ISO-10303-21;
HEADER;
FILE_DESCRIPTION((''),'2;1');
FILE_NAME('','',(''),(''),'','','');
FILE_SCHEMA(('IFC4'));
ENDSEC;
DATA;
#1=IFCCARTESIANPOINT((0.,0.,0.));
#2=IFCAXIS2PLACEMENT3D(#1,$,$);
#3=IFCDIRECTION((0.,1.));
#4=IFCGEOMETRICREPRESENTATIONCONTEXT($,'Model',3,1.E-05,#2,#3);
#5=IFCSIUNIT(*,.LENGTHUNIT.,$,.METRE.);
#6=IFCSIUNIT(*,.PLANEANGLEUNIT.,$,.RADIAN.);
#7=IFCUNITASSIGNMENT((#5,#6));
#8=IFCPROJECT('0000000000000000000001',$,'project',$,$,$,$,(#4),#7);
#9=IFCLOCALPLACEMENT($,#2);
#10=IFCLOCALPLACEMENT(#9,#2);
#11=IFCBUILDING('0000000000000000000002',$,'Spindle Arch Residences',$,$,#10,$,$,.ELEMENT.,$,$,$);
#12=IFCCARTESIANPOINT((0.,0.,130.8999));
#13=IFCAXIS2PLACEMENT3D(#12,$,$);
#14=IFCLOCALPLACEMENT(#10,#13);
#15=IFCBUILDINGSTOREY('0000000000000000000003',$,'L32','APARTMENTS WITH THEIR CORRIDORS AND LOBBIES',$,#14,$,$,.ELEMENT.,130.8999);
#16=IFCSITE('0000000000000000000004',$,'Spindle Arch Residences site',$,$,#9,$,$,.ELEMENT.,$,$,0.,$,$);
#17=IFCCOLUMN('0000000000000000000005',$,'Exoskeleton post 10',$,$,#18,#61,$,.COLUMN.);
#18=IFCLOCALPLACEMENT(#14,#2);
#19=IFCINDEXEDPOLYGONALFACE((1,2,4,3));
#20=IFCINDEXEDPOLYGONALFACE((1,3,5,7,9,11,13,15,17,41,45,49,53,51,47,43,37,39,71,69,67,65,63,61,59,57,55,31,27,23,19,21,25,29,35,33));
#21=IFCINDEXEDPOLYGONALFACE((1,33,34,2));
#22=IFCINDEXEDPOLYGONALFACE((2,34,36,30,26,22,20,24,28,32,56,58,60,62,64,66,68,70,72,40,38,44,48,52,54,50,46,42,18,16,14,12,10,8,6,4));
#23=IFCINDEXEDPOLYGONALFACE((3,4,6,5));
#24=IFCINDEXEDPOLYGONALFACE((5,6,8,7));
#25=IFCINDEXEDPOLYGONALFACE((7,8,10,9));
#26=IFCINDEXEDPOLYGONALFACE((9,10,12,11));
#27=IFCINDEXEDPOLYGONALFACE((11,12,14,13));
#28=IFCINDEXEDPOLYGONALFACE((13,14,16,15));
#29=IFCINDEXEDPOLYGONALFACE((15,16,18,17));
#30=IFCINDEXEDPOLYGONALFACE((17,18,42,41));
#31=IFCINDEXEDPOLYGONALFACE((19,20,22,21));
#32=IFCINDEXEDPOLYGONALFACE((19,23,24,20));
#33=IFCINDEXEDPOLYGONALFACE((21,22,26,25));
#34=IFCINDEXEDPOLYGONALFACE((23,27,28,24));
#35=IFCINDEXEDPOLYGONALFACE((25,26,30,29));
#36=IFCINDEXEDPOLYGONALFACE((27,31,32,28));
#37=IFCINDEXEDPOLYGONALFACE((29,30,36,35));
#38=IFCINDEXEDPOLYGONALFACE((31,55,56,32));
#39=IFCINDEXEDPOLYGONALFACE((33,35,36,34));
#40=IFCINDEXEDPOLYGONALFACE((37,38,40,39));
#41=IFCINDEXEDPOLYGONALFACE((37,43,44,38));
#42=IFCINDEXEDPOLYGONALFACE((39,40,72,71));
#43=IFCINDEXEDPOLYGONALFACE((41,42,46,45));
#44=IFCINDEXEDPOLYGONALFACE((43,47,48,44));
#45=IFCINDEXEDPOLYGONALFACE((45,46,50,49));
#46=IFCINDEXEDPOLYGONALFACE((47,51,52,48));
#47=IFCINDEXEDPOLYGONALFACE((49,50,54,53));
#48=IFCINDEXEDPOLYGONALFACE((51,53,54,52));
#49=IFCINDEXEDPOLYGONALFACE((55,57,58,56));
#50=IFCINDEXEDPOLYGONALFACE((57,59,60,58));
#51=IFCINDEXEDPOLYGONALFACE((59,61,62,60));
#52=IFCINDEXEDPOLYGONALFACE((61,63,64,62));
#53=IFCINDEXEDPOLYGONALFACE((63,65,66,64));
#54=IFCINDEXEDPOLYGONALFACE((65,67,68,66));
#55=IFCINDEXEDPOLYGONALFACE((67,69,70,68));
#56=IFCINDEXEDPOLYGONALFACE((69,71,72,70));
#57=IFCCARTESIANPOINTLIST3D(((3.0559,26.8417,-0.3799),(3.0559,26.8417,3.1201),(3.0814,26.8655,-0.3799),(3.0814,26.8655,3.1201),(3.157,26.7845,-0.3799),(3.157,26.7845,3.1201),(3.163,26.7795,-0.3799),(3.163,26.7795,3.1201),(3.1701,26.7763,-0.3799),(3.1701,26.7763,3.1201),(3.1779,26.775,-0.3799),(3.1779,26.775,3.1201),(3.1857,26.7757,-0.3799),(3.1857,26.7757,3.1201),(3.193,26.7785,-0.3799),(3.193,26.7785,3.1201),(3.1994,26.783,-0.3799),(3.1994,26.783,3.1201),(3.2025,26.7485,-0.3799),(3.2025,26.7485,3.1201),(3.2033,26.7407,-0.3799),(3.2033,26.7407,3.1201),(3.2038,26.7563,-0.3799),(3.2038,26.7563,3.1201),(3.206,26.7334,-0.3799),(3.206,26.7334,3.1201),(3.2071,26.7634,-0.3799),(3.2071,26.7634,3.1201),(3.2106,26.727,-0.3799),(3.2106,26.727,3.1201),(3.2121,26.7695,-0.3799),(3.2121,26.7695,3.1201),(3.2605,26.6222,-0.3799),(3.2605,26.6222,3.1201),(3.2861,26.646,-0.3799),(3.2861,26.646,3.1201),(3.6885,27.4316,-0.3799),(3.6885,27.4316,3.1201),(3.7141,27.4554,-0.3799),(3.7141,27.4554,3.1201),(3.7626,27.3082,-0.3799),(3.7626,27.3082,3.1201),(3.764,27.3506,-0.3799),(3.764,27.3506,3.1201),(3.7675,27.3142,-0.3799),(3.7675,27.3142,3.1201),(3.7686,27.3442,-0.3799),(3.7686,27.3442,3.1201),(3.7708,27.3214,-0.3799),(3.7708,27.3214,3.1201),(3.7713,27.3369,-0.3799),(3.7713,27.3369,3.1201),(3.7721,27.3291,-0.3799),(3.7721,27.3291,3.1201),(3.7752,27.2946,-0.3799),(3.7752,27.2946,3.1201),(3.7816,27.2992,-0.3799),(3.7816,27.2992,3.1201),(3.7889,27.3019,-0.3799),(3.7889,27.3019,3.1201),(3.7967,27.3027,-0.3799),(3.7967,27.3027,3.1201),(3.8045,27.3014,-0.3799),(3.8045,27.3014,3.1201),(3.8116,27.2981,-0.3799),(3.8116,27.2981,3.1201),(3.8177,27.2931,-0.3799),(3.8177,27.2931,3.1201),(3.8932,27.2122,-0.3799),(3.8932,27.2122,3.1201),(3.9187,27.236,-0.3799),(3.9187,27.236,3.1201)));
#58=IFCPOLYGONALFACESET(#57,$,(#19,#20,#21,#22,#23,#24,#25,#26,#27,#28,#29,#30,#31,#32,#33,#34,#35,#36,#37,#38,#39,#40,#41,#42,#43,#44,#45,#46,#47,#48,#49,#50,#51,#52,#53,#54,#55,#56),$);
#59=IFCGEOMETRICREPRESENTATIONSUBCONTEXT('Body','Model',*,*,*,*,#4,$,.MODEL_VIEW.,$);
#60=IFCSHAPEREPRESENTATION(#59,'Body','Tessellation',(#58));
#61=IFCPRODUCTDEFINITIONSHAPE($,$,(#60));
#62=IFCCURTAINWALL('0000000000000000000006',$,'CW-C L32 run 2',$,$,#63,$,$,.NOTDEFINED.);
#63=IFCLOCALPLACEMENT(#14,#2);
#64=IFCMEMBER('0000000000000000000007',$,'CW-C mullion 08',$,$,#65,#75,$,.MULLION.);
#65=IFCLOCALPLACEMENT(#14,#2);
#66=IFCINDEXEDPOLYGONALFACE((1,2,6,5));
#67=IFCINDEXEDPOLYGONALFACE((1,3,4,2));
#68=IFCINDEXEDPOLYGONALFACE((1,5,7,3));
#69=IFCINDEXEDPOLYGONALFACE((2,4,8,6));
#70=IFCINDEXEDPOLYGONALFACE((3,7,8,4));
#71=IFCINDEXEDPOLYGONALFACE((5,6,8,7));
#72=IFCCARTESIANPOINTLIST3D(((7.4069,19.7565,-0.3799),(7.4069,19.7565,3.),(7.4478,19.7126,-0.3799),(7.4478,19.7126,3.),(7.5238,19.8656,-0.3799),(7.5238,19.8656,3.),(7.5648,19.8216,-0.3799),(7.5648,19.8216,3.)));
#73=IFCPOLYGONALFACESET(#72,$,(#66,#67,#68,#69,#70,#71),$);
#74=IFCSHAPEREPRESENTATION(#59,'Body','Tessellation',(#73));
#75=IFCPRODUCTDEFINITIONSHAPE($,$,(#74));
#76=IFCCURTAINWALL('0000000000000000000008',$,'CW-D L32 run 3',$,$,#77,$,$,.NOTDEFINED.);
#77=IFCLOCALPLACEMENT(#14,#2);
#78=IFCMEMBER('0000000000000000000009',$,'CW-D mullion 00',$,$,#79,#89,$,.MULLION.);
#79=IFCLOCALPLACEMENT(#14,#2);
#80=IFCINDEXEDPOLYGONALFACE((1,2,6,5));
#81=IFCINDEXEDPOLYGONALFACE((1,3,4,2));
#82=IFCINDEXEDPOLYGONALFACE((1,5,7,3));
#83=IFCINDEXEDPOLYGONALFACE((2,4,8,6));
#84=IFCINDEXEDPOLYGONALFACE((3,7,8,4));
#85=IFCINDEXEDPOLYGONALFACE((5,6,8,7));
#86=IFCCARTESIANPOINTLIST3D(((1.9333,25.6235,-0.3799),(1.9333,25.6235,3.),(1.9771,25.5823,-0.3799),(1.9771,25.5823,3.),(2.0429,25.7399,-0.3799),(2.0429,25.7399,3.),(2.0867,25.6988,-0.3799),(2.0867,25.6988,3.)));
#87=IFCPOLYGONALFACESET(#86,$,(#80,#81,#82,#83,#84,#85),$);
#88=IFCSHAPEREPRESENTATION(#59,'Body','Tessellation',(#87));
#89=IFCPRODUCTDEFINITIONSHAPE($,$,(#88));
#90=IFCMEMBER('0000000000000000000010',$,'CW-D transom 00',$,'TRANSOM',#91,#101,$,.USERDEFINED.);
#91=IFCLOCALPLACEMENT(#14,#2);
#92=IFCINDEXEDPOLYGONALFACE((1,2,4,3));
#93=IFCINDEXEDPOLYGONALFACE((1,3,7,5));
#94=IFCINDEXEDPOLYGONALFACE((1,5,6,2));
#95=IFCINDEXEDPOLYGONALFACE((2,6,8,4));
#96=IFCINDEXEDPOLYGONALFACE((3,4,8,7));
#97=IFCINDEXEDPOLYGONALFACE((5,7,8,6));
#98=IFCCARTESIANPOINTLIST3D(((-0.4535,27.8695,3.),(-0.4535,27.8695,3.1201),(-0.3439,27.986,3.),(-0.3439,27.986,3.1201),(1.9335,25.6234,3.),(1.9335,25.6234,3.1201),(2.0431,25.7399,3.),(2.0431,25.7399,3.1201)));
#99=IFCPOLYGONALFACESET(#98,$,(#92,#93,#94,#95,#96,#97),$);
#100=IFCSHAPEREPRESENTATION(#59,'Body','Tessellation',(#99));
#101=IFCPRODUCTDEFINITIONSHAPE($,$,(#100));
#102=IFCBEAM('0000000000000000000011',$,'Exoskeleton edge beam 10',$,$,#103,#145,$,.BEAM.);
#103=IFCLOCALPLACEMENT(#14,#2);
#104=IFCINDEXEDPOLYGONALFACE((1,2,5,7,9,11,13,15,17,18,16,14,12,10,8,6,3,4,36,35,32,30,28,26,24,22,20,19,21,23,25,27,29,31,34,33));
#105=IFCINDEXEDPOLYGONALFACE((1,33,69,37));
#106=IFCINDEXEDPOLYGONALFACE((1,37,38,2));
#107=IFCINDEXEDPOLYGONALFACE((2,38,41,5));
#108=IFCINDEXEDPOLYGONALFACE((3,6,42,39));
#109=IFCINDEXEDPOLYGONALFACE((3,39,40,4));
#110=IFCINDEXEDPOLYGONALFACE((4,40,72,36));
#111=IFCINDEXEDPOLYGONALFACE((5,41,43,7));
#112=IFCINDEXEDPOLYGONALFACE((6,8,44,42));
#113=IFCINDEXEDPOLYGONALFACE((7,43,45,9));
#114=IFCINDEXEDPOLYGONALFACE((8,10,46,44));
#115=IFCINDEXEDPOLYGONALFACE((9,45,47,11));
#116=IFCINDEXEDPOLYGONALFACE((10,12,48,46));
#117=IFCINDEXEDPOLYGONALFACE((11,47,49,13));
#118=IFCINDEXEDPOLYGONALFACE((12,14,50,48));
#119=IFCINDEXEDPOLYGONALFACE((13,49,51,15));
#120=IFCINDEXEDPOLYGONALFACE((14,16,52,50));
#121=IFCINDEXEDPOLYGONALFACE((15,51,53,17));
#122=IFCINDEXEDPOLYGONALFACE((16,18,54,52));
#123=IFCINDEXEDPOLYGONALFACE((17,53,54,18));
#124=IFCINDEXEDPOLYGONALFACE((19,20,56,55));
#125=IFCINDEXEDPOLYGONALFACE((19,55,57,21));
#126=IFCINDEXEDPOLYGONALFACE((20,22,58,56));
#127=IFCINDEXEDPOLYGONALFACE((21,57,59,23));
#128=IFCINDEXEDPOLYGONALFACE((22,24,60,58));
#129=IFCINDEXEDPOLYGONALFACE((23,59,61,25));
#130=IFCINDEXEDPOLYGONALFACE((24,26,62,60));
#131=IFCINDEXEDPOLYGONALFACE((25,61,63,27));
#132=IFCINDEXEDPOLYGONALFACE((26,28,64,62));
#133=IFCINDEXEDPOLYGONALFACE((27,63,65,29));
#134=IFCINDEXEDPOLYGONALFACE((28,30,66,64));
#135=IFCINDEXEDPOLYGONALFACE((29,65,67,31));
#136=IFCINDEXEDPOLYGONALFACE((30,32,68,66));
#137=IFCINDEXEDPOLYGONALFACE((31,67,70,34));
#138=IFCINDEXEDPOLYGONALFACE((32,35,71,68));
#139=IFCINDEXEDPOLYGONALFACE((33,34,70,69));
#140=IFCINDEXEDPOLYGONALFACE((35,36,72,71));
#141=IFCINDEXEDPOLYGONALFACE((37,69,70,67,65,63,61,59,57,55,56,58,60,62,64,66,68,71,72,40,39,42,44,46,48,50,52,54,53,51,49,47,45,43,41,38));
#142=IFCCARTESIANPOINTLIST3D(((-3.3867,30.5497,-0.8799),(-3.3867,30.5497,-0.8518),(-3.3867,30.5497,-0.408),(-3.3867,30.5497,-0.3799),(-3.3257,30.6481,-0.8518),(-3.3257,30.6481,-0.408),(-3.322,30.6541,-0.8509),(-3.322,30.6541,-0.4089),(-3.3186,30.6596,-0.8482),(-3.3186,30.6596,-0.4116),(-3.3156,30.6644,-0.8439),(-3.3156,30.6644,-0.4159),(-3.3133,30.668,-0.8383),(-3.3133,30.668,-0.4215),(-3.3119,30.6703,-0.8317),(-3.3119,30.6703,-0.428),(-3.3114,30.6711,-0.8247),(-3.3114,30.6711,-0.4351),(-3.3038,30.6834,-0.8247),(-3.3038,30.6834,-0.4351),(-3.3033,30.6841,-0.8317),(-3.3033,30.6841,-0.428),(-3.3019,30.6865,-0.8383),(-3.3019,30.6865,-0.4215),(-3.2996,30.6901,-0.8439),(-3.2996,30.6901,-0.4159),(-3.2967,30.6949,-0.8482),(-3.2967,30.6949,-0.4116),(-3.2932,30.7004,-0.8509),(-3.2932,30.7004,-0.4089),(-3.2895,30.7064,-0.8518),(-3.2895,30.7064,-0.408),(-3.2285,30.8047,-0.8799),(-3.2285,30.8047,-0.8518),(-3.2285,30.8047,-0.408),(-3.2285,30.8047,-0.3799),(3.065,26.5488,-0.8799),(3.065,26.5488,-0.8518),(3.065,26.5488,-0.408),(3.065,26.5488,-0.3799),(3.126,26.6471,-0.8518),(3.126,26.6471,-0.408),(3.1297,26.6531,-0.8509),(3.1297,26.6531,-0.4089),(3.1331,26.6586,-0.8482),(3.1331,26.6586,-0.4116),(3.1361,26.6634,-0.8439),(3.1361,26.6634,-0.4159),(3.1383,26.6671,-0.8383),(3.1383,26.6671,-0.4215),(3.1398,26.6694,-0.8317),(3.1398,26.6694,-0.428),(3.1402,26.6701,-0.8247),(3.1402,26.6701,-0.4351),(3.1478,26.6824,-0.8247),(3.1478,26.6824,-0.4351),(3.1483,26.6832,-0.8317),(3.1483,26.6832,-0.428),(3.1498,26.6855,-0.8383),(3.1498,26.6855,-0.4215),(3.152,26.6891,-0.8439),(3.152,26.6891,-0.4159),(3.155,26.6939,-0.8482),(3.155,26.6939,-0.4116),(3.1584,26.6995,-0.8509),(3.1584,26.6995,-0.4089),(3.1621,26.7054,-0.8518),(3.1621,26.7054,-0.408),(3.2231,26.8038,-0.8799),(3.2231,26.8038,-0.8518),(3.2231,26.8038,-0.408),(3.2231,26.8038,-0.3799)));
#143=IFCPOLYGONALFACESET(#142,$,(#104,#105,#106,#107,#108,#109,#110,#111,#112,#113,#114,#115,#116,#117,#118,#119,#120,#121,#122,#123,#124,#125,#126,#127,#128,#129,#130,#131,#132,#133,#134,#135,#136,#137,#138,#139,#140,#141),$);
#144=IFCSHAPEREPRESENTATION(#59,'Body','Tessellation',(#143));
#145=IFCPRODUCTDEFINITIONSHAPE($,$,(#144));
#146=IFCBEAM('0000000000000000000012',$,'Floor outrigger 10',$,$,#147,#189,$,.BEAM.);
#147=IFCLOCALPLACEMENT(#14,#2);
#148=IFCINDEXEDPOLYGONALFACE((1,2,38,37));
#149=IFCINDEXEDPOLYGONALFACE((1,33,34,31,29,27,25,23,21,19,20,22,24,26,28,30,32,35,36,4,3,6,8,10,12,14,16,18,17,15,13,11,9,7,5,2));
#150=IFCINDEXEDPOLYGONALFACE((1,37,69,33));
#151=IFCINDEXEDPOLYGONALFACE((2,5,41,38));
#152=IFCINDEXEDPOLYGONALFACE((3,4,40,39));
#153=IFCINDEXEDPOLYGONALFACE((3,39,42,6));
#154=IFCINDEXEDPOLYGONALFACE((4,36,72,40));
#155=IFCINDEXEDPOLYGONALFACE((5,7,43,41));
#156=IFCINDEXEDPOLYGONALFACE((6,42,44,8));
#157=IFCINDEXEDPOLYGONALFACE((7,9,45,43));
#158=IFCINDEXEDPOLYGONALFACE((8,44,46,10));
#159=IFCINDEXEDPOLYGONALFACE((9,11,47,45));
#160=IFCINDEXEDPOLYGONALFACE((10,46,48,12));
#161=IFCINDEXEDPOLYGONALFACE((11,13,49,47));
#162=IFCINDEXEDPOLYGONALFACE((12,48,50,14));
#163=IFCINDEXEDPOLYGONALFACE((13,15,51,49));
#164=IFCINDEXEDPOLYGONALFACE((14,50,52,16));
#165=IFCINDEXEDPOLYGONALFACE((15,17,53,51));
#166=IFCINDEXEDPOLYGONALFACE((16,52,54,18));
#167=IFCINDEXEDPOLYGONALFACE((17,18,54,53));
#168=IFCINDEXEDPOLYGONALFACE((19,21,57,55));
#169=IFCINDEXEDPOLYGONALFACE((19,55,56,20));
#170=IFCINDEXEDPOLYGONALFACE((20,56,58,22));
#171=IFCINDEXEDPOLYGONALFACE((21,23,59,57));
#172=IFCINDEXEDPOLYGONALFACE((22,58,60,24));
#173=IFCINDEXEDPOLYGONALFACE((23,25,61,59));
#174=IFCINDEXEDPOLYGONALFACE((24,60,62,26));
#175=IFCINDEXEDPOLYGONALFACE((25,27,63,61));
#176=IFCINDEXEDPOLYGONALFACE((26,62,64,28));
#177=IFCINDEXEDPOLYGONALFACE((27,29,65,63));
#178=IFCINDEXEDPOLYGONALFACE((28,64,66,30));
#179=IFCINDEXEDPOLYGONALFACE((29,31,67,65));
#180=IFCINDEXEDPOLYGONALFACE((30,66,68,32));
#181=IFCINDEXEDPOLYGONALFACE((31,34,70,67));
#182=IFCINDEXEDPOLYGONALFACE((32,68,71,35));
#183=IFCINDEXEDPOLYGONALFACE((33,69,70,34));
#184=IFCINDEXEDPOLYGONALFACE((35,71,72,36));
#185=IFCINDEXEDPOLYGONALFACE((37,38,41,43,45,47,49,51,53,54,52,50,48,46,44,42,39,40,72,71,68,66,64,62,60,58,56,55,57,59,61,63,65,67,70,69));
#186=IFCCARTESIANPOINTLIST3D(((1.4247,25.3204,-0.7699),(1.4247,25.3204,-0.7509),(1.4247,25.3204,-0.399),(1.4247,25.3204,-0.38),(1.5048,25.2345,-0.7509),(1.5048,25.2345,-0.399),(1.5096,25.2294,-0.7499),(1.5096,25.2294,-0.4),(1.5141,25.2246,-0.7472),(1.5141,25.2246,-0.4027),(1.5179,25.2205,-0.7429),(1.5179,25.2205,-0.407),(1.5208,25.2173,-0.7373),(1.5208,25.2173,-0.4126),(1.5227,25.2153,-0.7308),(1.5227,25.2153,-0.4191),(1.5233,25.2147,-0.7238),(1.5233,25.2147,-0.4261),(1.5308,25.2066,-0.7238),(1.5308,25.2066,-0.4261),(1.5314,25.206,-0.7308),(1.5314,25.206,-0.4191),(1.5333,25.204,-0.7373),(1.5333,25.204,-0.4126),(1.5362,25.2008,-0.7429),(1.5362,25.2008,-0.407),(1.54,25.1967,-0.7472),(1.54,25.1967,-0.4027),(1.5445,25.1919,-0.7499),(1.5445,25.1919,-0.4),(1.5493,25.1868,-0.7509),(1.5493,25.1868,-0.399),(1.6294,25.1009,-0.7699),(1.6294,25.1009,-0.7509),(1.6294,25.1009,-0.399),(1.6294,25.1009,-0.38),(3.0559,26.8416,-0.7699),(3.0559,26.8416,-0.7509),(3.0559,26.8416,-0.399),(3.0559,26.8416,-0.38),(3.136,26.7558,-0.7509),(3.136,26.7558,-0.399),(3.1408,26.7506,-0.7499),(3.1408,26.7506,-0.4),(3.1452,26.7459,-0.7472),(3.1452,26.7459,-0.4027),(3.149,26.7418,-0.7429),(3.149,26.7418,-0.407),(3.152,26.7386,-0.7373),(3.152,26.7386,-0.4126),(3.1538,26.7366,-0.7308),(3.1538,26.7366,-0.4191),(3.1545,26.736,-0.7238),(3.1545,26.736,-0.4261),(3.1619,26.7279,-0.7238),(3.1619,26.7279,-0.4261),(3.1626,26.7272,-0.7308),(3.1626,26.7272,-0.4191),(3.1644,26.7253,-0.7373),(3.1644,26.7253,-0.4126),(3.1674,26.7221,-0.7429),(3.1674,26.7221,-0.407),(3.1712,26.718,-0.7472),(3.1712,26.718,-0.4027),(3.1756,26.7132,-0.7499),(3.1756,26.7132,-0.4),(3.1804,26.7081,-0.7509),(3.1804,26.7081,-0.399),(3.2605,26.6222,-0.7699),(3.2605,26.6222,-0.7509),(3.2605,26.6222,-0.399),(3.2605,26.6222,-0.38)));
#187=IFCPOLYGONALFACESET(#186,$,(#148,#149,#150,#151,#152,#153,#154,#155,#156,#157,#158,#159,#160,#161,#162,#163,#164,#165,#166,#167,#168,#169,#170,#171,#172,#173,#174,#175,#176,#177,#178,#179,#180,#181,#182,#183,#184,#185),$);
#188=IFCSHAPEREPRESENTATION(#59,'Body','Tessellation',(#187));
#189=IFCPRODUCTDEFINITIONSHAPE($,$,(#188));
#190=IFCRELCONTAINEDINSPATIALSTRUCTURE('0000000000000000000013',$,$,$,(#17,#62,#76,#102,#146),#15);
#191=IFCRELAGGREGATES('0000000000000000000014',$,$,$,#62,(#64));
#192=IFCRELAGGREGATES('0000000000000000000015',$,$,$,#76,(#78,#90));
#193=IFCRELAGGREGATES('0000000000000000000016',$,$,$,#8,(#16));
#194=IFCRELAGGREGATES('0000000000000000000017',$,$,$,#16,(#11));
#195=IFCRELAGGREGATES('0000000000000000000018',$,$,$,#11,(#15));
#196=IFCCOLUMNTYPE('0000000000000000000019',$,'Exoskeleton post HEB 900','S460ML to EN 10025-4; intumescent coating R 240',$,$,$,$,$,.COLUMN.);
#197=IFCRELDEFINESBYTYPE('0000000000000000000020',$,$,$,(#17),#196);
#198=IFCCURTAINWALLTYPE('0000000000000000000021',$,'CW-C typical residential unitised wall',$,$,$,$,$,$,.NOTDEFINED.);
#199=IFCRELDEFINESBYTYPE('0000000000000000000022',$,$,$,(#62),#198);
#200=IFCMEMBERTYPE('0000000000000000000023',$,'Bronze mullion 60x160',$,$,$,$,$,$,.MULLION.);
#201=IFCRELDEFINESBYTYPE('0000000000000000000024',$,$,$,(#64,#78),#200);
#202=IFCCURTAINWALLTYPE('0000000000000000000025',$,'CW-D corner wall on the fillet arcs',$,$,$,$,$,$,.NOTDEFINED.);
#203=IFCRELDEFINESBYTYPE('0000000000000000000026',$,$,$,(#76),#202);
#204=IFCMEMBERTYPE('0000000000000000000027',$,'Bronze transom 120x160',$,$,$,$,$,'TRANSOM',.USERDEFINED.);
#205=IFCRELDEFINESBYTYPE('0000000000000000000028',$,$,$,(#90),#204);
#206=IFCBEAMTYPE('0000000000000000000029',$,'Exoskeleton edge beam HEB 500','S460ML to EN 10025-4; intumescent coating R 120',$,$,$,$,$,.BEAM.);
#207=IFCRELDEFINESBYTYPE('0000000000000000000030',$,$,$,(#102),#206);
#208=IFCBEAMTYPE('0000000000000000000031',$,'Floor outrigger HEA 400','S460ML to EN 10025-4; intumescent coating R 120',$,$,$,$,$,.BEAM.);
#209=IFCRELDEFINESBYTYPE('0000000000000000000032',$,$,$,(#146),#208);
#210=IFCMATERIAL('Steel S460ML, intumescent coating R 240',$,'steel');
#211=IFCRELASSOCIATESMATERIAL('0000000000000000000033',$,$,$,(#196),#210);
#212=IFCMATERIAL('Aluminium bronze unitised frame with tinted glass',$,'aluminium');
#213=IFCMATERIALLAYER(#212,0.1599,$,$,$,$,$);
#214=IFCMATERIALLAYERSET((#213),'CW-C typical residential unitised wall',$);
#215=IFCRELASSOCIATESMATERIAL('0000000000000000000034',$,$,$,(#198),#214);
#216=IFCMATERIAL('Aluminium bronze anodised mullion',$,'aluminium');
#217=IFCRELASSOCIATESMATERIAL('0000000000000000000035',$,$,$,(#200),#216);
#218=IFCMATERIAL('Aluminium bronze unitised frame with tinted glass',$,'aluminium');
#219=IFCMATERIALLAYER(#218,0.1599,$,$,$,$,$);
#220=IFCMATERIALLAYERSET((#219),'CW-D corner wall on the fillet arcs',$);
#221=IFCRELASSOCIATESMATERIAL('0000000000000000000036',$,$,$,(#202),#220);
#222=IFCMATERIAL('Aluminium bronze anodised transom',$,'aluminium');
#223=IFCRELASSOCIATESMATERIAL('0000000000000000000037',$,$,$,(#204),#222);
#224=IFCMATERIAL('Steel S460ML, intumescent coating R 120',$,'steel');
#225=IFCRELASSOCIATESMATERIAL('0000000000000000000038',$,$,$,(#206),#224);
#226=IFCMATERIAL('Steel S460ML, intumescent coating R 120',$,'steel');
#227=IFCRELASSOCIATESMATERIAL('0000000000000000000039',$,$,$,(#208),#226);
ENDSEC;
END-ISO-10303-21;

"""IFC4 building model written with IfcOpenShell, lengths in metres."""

from ifc_helpers import new_model, si_unit, direction, frame, origin, origin_2d, place, context, subcontext, project, spatial, rectangle, i_section, extrude, material, layer, layer_set, material_profile, profile_set, type_object, element, aggregate, save


model = new_model("IFC4")

# Units and contexts
model_context = context("Model", 3, precision=1e-05, world=origin(), true_north=direction((0.0, 1.0)))
body_context = subcontext(model_context, "Body", "Model", "MODEL_VIEW")
ifc_project = project(units=[si_unit("LENGTHUNIT", "METRE"), si_unit("PLANEANGLEUNIT", "RADIAN")], contexts=[model_context])

# Site, building, storey
site_placement = place(None, origin())
site = spatial("IfcSite", under=ifc_project, at=site_placement, Name="Spindle Arch Residences site", CompositionType="ELEMENT", RefElevation=0.0)
building_placement = place(site_placement, origin())
building = spatial("IfcBuilding", under=site, at=building_placement, Name="Spindle Arch Residences", CompositionType="ELEMENT")
storey_placement = place(building_placement, frame((0.0, 0.0, 130.8999)))
storey = spatial("IfcBuildingStorey", under=building, at=storey_placement, Name="L32", Description="APARTMENTS WITH THEIR CORRIDORS AND LOBBIES", CompositionType="ELEMENT", Elevation=130.8999)

# Column
ifc_material_1 = material(Name="Steel S460ML, intumescent coating R 240", Category="steel")
ifc_material_profile_1 = material_profile(ifc_material_1, i_section(OverallWidth=0.3, OverallDepth=0.8999, WebThickness=0.0186, FlangeThickness=0.0349, FilletRadius=0.03, at=origin_2d()), Name="HEB 900")
ifc_profile_set_1 = profile_set([ifc_material_profile_1], Name="Steel S460ML, intumescent coating R 240")
column_type = type_object("IfcColumnType", Name="Exoskeleton post HEB 900", Description="S460ML to EN 10025-4; intumescent coating R 240", PredefinedType="COLUMN", material=ifc_profile_set_1)
column_placement = place(storey_placement, frame((3.4873, 27.0388, -0.3799), z_axis=(0.0, 0.0, 1.0), x_axis=(0.681998, -0.731354, 0.0)))
element("IfcColumn", 1, at=column_placement, inside=storey, type_object=column_type, Name="Exoskeleton post 10", PredefinedType="COLUMN", context=body_context, shape_type="SweptSolid", body=[
    extrude(i_section(OverallWidth=0.3, OverallDepth=0.8999, WebThickness=0.0186, FlangeThickness=0.0349, FilletRadius=0.03, at=origin_2d()), origin(), (0.0, 0.0, 1.0), 3.5),
])

# Curtain wall, member
ifc_material_2 = material(Name="Aluminium bronze unitised frame with tinted glass", Category="aluminium")
ifc_layer_1 = layer(ifc_material_2, 0.1599)
ifc_layer_set_1 = layer_set([ifc_layer_1], Name="CW-C typical residential unitised wall")
curtain_wall_type_1 = type_object("IfcCurtainWallType", Name="CW-C typical residential unitised wall", PredefinedType="NOTDEFINED", material=ifc_layer_set_1)
curtain_wall_1_placement = place(storey_placement, origin())
curtain_wall_1 = element("IfcCurtainWall", 2, at=curtain_wall_1_placement, inside=storey, type_object=curtain_wall_type_1, Name="CW-C L32 run 2", PredefinedType="NOTDEFINED")
ifc_material_3 = material(Name="Aluminium bronze anodised mullion", Category="aluminium")
ifc_material_profile_2 = material_profile(ifc_material_3, rectangle(XDim=0.1599, YDim=0.0601, at=origin_2d()), Name="MU 60x160")
ifc_profile_set_2 = profile_set([ifc_material_profile_2], Name="Aluminium bronze anodised mullion")
member_type_1 = type_object("IfcMemberType", Name="Bronze mullion 60x160", PredefinedType="MULLION", material=ifc_profile_set_2)
member_1_placement = place(storey_placement, frame((7.4858, 19.7891, -0.3799), z_axis=(0.0, 0.0, 1.0), x_axis=(-0.731354, -0.681998, 0.0)))
member_1 = element("IfcMember", 3, at=member_1_placement, type_object=member_type_1, Name="CW-C mullion 08", PredefinedType="MULLION", context=body_context, shape_type="SweptSolid", body=[
    extrude(rectangle(XDim=0.1599, YDim=0.0601, at=origin_2d()), origin(), (0.0, 0.0, 1.0), 3.3799),
])

# Curtain wall, members
ifc_material_4 = material(Name="Aluminium bronze unitised frame with tinted glass", Category="aluminium")
ifc_layer_2 = layer(ifc_material_4, 0.1599)
ifc_layer_set_2 = layer_set([ifc_layer_2], Name="CW-D corner wall on the fillet arcs")
curtain_wall_type_2 = type_object("IfcCurtainWallType", Name="CW-D corner wall on the fillet arcs", PredefinedType="NOTDEFINED", material=ifc_layer_set_2)
curtain_wall_2_placement = place(storey_placement, origin())
curtain_wall_2 = element("IfcCurtainWall", 4, at=curtain_wall_2_placement, inside=storey, type_object=curtain_wall_type_2, Name="CW-D L32 run 3", PredefinedType="NOTDEFINED")
member_2_placement = place(storey_placement, frame((2.01, 25.6611, -0.3799), z_axis=(0.0, 0.0, 1.0), x_axis=(-0.68529, -0.72827, 0.0)))
member_2 = element("IfcMember", 5, at=member_2_placement, type_object=member_type_1, Name="CW-D mullion 00", PredefinedType="MULLION", context=body_context, shape_type="SweptSolid", body=[
    extrude(rectangle(XDim=0.1599, YDim=0.0601, at=origin_2d()), origin(), (0.0, 0.0, 1.0), 3.3799),
])
ifc_material_5 = material(Name="Aluminium bronze anodised transom", Category="aluminium")
ifc_material_profile_3 = material_profile(ifc_material_5, rectangle(XDim=0.1599, YDim=0.1201, at=origin_2d()), Name="TR 120x160")
ifc_profile_set_3 = profile_set([ifc_material_profile_3], Name="Aluminium bronze anodised transom")
member_type_2 = type_object("IfcMemberType", Name="Bronze transom 120x160", ElementType="TRANSOM", PredefinedType="USERDEFINED", material=ifc_profile_set_3)
member_3_placement = place(storey_placement, frame((1.9883, 25.6816, 3.0601), z_axis=(-0.72827, 0.68529, 0.0), x_axis=(-0.68529, -0.72827, 0.0)))
member_3 = element("IfcMember", 6, at=member_3_placement, type_object=member_type_2, Name="CW-D transom 00", ObjectType="TRANSOM", PredefinedType="USERDEFINED", context=body_context, shape_type="SweptSolid", body=[
    extrude(rectangle(XDim=0.1599, YDim=0.1201, at=origin_2d()), origin(), (0.0, 0.0, 1.0), 3.2776),
])

# Beams
ifc_material_6 = material(Name="Steel S460ML, intumescent coating R 120", Category="steel")
ifc_material_profile_4 = material_profile(ifc_material_6, i_section(OverallWidth=0.3, OverallDepth=0.5, WebThickness=0.0144, FlangeThickness=0.0281, FilletRadius=0.0271, at=origin_2d()), Name="HEB 500")
ifc_profile_set_4 = profile_set([ifc_material_profile_4], Name="Steel S460ML, intumescent coating R 120")
beam_type_1 = type_object("IfcBeamType", Name="Exoskeleton edge beam HEB 500", Description="S460ML to EN 10025-4; intumescent coating R 120", PredefinedType="BEAM", material=ifc_profile_set_4)
beam_1_placement = place(storey_placement, frame((3.144, 26.6763, -0.6299), z_axis=(-0.849847, 0.52703, 0.0), x_axis=(-0.52703, -0.849847, 0.0)))
element("IfcBeam", 7, at=beam_1_placement, inside=storey, type_object=beam_type_1, Name="Exoskeleton edge beam 10", PredefinedType="BEAM", context=body_context, shape_type="SweptSolid", body=[
    extrude(i_section(OverallWidth=0.3, OverallDepth=0.5, WebThickness=0.0144, FlangeThickness=0.0281, FilletRadius=0.0271, at=origin_2d()), origin(), (0.0, 0.0, 1.0), 7.5916),
])
ifc_material_7 = material(Name="Steel S460ML, intumescent coating R 120", Category="steel")
ifc_material_profile_5 = material_profile(ifc_material_7, i_section(OverallWidth=0.3, OverallDepth=0.3899, WebThickness=0.011, FlangeThickness=0.019, FilletRadius=0.0271, at=origin_2d()), Name="HEA 400")
ifc_profile_set_5 = profile_set([ifc_material_profile_5], Name="Steel S460ML, intumescent coating R 120")
beam_type_2 = type_object("IfcBeamType", Name="Floor outrigger HEA 400", Description="S460ML to EN 10025-4; intumescent coating R 120", PredefinedType="BEAM", material=ifc_profile_set_5)
beam_2_placement = place(storey_placement, frame((3.1582, 26.7319, -0.575), z_axis=(-0.731306, -0.682049, 0.0), x_axis=(0.682049, -0.731306, 0.0)))
element("IfcBeam", 8, at=beam_2_placement, inside=storey, type_object=beam_type_2, Name="Floor outrigger 10", PredefinedType="BEAM", context=body_context, shape_type="SweptSolid", body=[
    extrude(i_section(OverallWidth=0.3, OverallDepth=0.3899, WebThickness=0.011, FlangeThickness=0.019, FilletRadius=0.0271, at=origin_2d()), origin(), (0.0, 0.0, 1.0), 2.2305),
])

aggregate(curtain_wall_1, [member_1])
aggregate(curtain_wall_2, [member_2, member_3])

save(model, "model.ifc")
